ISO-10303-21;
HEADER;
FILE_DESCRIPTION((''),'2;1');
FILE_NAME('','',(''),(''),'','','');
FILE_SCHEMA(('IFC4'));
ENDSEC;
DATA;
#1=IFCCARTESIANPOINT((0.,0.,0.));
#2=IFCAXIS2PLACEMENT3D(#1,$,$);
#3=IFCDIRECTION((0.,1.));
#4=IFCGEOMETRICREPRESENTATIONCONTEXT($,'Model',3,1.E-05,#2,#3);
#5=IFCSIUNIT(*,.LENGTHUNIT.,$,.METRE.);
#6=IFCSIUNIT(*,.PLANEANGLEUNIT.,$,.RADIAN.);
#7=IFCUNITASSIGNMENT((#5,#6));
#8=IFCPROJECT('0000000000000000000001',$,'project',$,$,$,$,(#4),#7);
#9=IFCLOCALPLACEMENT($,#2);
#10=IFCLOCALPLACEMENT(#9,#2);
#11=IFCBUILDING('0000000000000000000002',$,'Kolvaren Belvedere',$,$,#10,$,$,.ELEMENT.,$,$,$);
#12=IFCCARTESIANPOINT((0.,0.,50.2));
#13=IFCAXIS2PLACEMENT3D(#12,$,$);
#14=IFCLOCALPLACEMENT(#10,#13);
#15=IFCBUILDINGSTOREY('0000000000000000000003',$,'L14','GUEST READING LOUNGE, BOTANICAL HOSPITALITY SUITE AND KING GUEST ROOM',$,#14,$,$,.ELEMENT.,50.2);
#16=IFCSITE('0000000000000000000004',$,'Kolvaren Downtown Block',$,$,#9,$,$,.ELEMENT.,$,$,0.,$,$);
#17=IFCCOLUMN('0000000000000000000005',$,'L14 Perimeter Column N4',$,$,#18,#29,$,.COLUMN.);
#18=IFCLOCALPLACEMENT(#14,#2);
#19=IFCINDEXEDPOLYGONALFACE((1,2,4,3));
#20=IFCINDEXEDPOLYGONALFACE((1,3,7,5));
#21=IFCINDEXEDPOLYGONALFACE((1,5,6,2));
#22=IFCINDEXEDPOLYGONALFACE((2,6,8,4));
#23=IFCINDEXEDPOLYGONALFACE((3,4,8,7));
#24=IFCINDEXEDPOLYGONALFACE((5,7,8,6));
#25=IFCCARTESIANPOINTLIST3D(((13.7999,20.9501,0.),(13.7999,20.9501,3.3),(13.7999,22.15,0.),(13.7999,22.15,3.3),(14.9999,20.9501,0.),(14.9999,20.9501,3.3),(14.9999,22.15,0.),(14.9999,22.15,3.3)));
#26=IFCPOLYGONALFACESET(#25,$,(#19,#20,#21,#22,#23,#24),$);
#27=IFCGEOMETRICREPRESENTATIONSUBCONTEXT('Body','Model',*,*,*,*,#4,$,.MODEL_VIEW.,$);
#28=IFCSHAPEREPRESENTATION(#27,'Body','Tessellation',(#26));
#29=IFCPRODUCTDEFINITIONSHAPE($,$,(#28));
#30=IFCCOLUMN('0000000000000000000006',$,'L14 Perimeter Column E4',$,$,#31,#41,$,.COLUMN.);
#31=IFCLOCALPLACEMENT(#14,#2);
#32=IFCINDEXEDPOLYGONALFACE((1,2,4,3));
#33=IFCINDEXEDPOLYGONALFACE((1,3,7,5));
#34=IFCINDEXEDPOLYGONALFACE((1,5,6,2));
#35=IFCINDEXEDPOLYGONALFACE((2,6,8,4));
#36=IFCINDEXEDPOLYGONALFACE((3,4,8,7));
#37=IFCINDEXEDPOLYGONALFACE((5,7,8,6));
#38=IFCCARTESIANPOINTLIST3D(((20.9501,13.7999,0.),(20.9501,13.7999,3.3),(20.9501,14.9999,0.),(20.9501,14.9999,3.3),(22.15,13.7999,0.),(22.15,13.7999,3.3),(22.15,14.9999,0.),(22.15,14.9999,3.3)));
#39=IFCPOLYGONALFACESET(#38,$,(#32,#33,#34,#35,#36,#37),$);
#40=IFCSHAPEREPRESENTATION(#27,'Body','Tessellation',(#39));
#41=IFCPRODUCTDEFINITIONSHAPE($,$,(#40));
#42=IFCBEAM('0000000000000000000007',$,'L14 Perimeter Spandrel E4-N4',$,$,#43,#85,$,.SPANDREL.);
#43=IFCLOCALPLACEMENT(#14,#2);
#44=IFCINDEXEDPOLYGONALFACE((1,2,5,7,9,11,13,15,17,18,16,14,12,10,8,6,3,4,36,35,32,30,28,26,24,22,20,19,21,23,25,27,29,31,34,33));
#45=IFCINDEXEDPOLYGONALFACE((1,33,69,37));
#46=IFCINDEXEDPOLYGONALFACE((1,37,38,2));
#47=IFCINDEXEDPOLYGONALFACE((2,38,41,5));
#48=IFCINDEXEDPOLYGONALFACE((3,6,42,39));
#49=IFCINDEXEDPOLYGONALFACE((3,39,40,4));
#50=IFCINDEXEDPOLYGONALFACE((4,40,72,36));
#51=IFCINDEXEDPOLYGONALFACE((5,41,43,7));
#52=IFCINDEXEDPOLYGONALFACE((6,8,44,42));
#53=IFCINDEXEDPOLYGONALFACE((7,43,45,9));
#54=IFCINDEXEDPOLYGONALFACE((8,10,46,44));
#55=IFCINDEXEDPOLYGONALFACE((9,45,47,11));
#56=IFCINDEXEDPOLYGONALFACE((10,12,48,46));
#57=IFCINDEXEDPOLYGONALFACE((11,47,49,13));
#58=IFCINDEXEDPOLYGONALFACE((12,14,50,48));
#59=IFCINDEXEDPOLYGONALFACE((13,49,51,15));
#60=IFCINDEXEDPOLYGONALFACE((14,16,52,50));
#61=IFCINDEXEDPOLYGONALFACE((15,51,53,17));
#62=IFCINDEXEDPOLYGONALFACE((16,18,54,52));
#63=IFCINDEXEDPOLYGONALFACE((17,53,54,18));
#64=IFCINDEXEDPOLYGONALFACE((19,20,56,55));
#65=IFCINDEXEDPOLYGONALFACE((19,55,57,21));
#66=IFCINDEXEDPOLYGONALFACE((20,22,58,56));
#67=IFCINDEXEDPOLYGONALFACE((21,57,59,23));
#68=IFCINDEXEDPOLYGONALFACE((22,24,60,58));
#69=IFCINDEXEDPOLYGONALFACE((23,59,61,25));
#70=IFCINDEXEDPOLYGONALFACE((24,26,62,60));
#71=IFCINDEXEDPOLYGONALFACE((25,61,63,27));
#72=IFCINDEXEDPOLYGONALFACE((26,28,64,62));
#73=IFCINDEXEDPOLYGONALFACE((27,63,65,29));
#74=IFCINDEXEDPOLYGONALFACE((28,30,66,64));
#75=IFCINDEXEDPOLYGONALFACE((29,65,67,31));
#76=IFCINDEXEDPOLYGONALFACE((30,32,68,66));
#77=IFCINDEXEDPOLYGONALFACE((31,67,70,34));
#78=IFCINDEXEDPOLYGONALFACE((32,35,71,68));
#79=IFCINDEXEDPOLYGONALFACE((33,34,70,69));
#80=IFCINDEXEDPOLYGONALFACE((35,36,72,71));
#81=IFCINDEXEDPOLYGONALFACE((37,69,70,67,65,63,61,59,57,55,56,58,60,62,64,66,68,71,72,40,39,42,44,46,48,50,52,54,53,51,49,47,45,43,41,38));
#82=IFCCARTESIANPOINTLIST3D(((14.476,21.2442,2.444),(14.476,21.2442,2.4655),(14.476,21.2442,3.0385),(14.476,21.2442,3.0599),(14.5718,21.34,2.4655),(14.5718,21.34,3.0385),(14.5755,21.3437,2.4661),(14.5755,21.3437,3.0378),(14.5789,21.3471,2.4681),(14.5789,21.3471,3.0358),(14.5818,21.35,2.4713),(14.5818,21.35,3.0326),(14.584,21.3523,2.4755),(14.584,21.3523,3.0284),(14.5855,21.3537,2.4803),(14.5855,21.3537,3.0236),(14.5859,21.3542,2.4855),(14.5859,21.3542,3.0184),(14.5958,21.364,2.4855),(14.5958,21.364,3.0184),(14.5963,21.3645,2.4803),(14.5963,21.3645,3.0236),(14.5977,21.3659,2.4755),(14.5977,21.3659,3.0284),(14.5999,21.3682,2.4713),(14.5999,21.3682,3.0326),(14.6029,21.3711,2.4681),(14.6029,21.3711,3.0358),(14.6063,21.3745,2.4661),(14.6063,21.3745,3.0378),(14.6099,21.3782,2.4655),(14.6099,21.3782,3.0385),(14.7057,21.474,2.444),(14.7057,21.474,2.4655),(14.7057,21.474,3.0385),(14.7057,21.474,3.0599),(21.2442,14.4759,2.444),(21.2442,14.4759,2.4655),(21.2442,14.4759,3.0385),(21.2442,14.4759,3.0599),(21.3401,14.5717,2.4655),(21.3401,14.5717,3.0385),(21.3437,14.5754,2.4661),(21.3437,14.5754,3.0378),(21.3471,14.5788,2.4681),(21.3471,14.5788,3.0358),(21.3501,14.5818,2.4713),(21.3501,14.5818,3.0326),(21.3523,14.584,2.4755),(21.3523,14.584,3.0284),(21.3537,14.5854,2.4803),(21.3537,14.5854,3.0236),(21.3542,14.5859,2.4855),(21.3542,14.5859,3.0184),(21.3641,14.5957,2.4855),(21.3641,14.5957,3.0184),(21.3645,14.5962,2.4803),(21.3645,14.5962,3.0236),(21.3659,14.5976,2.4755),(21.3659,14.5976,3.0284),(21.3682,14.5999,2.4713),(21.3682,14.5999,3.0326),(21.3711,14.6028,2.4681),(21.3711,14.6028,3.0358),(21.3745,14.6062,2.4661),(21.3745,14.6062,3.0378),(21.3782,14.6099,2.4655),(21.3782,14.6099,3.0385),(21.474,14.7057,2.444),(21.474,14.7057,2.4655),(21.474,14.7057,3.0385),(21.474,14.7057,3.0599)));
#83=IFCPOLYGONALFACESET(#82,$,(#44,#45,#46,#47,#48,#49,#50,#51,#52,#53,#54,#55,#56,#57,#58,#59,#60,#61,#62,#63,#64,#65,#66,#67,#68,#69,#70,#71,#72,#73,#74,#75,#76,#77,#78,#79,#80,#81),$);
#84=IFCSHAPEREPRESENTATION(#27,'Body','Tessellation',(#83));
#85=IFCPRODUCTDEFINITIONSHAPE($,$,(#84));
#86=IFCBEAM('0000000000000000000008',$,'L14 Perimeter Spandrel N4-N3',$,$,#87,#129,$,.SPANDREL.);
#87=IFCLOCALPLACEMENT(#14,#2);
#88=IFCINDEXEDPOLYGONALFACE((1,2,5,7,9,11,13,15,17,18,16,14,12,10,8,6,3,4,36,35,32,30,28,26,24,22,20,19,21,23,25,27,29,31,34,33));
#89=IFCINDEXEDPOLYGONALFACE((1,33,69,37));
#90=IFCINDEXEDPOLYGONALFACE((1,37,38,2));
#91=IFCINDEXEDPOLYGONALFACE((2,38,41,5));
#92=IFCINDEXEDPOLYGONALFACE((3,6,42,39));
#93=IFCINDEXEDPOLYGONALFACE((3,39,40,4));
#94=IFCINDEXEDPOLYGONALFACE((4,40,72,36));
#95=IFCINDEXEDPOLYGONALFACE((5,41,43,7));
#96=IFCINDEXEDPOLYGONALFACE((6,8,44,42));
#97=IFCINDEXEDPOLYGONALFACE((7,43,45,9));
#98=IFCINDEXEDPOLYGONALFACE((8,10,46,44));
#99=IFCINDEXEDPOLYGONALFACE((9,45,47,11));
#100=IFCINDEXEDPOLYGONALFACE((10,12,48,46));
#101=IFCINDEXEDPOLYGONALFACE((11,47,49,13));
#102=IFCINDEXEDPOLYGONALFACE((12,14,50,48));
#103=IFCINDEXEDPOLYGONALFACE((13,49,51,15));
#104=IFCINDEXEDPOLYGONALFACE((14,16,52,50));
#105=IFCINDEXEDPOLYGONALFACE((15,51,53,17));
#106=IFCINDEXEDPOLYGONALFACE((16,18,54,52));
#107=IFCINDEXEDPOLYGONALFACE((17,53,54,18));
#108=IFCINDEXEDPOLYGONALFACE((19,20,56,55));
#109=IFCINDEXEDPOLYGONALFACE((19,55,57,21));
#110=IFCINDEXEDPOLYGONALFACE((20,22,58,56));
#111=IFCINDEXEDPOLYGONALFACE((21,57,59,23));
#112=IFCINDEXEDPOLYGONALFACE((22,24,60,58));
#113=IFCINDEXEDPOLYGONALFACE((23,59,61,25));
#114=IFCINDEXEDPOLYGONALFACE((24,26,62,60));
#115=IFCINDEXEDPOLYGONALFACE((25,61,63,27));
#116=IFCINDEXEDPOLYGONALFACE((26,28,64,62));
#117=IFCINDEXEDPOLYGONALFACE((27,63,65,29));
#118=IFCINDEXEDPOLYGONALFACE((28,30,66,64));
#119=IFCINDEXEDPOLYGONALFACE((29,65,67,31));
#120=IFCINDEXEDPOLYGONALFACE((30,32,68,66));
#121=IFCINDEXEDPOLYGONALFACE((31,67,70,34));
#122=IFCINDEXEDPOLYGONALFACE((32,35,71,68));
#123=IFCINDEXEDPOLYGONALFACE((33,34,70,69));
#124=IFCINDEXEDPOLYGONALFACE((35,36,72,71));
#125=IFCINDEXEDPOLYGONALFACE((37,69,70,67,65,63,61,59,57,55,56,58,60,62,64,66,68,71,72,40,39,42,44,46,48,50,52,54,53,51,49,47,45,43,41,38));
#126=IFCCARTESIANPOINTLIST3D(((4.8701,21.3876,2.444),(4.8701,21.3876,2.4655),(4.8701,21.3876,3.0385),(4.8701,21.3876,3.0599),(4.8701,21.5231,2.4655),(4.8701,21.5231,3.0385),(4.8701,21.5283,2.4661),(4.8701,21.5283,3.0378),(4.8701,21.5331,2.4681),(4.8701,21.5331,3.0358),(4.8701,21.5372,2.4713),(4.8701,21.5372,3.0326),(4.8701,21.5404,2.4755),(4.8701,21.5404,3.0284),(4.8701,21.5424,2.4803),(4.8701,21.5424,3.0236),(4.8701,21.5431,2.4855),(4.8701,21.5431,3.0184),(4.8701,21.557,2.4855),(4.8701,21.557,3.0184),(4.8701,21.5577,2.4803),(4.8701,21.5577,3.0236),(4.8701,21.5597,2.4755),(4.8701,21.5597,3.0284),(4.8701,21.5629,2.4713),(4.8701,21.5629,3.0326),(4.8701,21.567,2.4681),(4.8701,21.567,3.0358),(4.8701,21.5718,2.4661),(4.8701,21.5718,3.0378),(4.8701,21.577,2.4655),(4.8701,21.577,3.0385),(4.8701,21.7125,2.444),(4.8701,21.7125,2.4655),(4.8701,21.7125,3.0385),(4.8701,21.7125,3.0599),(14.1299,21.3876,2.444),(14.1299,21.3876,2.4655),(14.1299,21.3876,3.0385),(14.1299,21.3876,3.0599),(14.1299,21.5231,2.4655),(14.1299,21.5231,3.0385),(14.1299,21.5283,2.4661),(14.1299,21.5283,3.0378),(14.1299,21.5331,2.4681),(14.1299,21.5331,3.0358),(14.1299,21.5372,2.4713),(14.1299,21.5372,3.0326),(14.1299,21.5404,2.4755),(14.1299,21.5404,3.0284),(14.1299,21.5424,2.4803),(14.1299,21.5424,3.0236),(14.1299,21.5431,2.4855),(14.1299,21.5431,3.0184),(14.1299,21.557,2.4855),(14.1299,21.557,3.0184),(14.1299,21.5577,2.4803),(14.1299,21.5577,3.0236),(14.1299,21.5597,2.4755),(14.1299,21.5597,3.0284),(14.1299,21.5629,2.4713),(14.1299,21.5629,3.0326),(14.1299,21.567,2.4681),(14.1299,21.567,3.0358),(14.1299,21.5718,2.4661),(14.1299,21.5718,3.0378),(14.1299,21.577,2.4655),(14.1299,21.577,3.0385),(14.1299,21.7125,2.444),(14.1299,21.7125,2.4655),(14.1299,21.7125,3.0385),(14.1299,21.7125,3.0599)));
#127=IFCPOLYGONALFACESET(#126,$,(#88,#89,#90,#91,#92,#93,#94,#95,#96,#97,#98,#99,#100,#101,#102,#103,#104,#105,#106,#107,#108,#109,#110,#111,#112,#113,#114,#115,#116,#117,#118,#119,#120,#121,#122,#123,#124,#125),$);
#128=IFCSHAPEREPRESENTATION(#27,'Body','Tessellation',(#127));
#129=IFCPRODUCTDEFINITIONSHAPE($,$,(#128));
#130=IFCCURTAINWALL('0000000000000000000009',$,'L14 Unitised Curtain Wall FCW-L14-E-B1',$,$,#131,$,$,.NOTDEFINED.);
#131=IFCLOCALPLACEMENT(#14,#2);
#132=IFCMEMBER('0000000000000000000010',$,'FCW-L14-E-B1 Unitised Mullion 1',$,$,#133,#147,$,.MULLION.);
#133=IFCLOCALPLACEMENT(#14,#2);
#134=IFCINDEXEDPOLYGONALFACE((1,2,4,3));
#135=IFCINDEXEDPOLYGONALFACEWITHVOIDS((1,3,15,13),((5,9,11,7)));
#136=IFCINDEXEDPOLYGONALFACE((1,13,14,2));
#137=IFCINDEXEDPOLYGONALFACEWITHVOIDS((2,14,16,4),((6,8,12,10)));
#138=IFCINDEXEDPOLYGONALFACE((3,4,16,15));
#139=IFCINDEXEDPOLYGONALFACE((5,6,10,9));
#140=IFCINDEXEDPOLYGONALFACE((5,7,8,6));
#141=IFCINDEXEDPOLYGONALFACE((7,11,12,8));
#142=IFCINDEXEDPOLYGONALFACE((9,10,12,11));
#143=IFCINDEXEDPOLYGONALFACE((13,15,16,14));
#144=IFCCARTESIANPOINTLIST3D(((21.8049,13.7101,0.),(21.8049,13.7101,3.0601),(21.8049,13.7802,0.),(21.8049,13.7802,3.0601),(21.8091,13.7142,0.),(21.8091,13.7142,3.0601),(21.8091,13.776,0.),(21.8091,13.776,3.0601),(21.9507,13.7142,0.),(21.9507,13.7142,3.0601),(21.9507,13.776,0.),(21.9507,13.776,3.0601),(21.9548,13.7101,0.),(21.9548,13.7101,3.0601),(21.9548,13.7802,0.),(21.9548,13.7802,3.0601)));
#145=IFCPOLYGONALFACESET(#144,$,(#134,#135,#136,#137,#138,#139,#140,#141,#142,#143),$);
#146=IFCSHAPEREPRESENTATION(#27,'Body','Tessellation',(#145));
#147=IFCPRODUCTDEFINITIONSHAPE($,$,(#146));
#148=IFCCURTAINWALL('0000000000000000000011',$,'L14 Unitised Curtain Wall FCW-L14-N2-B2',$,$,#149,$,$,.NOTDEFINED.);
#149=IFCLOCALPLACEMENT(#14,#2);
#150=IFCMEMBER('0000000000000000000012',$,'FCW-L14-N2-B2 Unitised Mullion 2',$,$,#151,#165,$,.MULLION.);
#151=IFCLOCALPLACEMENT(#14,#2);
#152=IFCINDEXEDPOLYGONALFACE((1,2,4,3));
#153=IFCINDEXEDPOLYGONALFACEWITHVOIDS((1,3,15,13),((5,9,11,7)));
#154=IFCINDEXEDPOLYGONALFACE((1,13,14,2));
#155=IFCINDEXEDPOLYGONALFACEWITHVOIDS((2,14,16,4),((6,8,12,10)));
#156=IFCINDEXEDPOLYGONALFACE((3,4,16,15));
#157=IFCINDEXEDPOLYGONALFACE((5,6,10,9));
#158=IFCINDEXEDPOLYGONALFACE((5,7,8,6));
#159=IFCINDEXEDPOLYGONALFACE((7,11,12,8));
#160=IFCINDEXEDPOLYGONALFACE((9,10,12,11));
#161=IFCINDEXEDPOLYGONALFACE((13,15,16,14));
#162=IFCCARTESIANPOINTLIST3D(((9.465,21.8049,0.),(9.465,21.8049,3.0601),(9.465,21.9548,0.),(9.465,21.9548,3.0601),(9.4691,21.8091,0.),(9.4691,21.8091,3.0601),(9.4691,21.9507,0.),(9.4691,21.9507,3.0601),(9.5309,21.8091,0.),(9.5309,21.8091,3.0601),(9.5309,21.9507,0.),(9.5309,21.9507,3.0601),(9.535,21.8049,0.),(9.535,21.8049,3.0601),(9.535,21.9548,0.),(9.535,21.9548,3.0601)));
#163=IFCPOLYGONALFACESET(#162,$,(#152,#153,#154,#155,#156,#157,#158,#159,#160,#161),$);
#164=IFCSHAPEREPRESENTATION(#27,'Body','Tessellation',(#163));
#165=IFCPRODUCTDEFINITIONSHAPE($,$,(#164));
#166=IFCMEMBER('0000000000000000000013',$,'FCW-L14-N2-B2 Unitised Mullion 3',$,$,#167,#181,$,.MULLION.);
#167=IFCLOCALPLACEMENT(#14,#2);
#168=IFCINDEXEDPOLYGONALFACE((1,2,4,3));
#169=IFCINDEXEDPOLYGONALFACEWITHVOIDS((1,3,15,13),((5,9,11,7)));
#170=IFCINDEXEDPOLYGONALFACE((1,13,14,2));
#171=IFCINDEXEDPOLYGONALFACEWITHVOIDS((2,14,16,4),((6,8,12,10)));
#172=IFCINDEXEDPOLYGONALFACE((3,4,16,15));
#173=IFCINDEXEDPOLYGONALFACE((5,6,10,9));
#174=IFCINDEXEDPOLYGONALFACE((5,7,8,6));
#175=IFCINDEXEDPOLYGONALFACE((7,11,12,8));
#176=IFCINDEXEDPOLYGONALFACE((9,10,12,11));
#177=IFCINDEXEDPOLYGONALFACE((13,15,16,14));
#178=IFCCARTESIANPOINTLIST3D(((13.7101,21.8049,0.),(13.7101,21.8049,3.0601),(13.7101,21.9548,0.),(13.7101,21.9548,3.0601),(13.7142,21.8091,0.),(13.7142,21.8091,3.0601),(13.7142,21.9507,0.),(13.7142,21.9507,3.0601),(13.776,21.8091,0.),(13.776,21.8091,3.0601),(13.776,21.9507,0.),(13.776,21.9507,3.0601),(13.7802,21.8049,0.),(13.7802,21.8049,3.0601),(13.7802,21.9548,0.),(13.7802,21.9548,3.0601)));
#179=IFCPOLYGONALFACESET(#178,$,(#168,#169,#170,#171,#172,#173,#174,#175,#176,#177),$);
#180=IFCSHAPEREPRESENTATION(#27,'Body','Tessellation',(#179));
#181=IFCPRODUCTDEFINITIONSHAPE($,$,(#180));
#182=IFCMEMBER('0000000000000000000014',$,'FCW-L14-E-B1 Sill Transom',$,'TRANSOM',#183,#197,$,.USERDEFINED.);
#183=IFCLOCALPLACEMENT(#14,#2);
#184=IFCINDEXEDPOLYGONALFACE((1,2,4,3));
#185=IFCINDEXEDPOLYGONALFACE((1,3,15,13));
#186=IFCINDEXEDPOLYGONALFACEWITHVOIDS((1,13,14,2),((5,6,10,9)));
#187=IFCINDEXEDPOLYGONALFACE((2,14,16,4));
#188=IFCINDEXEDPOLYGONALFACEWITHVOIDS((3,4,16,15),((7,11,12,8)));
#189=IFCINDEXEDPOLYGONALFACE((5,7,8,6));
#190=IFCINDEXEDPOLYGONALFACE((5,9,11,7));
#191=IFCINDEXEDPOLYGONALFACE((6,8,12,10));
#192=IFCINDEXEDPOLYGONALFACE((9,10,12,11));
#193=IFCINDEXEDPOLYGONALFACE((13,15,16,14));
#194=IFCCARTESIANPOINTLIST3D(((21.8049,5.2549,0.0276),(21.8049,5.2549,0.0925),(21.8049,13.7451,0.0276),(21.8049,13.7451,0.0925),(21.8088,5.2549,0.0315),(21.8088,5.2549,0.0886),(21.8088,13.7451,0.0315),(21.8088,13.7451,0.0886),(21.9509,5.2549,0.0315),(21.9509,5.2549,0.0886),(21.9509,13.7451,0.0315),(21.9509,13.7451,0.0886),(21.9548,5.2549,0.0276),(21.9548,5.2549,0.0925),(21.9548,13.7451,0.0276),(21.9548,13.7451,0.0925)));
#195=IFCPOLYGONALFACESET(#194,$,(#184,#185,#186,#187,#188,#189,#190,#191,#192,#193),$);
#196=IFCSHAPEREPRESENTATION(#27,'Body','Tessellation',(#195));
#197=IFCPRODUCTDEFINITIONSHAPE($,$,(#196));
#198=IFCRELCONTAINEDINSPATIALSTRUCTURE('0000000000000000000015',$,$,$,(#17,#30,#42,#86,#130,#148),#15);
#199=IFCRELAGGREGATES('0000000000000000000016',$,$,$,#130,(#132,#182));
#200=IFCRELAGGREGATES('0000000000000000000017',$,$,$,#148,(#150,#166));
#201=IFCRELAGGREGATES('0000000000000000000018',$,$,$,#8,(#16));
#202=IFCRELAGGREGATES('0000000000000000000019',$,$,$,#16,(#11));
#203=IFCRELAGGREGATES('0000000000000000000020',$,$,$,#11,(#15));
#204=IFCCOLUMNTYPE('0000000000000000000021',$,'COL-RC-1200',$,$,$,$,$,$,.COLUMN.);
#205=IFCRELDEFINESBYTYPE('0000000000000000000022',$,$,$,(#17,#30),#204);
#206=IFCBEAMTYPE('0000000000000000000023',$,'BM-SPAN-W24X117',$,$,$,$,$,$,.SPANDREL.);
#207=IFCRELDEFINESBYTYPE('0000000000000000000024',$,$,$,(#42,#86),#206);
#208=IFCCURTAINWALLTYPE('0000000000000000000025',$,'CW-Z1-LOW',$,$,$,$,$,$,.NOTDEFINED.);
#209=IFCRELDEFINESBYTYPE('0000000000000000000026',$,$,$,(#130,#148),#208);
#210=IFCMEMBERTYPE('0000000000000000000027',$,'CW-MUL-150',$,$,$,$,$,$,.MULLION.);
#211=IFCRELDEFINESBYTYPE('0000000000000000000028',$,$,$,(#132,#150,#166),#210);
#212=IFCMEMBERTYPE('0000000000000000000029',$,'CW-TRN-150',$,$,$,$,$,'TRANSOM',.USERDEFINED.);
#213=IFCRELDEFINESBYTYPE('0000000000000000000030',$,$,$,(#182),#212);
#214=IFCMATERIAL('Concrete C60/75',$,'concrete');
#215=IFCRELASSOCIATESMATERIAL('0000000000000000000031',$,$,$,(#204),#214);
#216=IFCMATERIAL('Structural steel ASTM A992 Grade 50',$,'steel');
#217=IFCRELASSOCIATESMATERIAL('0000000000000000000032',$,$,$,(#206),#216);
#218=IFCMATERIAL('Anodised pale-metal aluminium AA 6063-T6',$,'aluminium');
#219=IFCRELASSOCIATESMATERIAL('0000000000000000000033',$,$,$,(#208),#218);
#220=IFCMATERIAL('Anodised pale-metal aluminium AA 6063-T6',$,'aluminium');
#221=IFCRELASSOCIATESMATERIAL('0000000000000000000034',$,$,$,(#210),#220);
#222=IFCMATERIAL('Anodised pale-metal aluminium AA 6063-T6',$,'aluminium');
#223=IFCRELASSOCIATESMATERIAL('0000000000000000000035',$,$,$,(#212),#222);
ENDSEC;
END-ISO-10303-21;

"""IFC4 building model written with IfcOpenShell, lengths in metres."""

from ifc_helpers import new_model, si_unit, direction, frame, origin, origin_2d, place, context, subcontext, project, spatial, rectangle, hollow_rectangle, i_section, extrude, material, material_profile, profile_set, type_object, element, aggregate, save


model = new_model("IFC4")

# Units and contexts
model_context = context("Model", 3, precision=1e-05, world=origin(), true_north=direction((0.0, 1.0)))
body_context = subcontext(model_context, "Body", "Model", "MODEL_VIEW")
ifc_project = project(units=[si_unit("LENGTHUNIT", "METRE"), si_unit("PLANEANGLEUNIT", "RADIAN")], contexts=[model_context])

# Site, building, storey
site_placement = place(None, origin())
site = spatial("IfcSite", under=ifc_project, at=site_placement, Name="Kolvaren Downtown Block", CompositionType="ELEMENT", RefElevation=0.0)
building_placement = place(site_placement, origin())
building = spatial("IfcBuilding", under=site, at=building_placement, Name="Kolvaren Belvedere", CompositionType="ELEMENT")
storey_placement = place(building_placement, frame((0.0, 0.0, 50.2)))
storey = spatial("IfcBuildingStorey", under=building, at=storey_placement, Name="L14", Description="GUEST READING LOUNGE, BOTANICAL HOSPITALITY SUITE AND KING GUEST ROOM", CompositionType="ELEMENT", Elevation=50.2)

# Columns
ifc_material_1 = material(Name="Concrete C60/75", Category="concrete")
ifc_material_profile_1 = material_profile(ifc_material_1, rectangle(XDim=1.2, YDim=1.2, at=origin_2d()), Name="RC 1200X1200")
ifc_profile_set_1 = profile_set([ifc_material_profile_1], Name="Concrete C60/75")
column_type = type_object("IfcColumnType", Name="COL-RC-1200", PredefinedType="COLUMN", material=ifc_profile_set_1)
for number, where, z_axis, x_axis, name in (
    (1, (14.3999, 21.55, 0.0), (0.0, 0.0, 1.0), (1.0, 0.0, 0.0), "L14 Perimeter Column N4"),
    (2, (21.55, 14.3999, 0.0), (0.0, 0.0, 1.0), (1.0, 0.0, 0.0), "L14 Perimeter Column E4"),
):
    element("IfcColumn", number, at=place(storey_placement, frame(where, z_axis=z_axis, x_axis=x_axis)), inside=storey, type_object=column_type, Name=name, PredefinedType="COLUMN", context=body_context, shape_type="SweptSolid", body=[
        extrude(rectangle(XDim=1.2, YDim=1.2, at=origin_2d()), origin(), (0.0, 0.0, 1.0), 3.3),
    ])

# Beams
ifc_material_2 = material(Name="Structural steel ASTM A992 Grade 50", Category="steel")
ifc_material_profile_2 = material_profile(ifc_material_2, i_section(OverallWidth=0.325, OverallDepth=0.616, WebThickness=0.0139, FlangeThickness=0.0215, FilletRadius=0.02, at=origin_2d()), Name="W24X117")
ifc_profile_set_2 = profile_set([ifc_material_profile_2], Name="Structural steel ASTM A992 Grade 50")
beam_type = type_object("IfcBeamType", Name="BM-SPAN-W24X117", PredefinedType="SPANDREL", material=ifc_profile_set_2)
beam_1_placement = place(storey_placement, frame((21.3591, 14.5908, 2.752), z_axis=(-0.707107, 0.707107, 0.0), x_axis=(-0.707107, -0.707107, 0.0)))
element("IfcBeam", 3, at=beam_1_placement, inside=storey, type_object=beam_type, Name="L14 Perimeter Spandrel E4-N4", PredefinedType="SPANDREL", context=body_context, shape_type="SweptSolid", body=[
    extrude(i_section(OverallWidth=0.325, OverallDepth=0.616, WebThickness=0.0139, FlangeThickness=0.0215, FilletRadius=0.02, at=origin_2d()), origin(), (0.0, 0.0, 1.0), 9.5718),
])
beam_2_placement = place(storey_placement, frame((14.1299, 21.55, 2.752), z_axis=(-1.0, 0.0, 0.0), x_axis=(0.0, -1.0, 0.0)))
element("IfcBeam", 4, at=beam_2_placement, inside=storey, type_object=beam_type, Name="L14 Perimeter Spandrel N4-N3", PredefinedType="SPANDREL", context=body_context, shape_type="SweptSolid", body=[
    extrude(i_section(OverallWidth=0.325, OverallDepth=0.616, WebThickness=0.0139, FlangeThickness=0.0215, FilletRadius=0.02, at=origin_2d()), origin(), (0.0, 0.0, 1.0), 9.2598),
])

# Curtain wall, member
ifc_material_3 = material(Name="Anodised pale-metal aluminium AA 6063-T6", Category="aluminium")
curtain_wall_type = type_object("IfcCurtainWallType", Name="CW-Z1-LOW", PredefinedType="NOTDEFINED", material=ifc_material_3)
curtain_wall_1_placement = place(storey_placement, origin())
curtain_wall_1 = element("IfcCurtainWall", 5, at=curtain_wall_1_placement, inside=storey, type_object=curtain_wall_type, Name="L14 Unitised Curtain Wall FCW-L14-E-B1", PredefinedType="NOTDEFINED")
ifc_material_4 = material(Name="Anodised pale-metal aluminium AA 6063-T6", Category="aluminium")
ifc_material_profile_3 = material_profile(ifc_material_4, hollow_rectangle(XDim=0.0701, YDim=0.1499, WallThickness=0.0042, at=origin_2d()), Name="ALU-MUL-150X70")
ifc_profile_set_3 = profile_set([ifc_material_profile_3], Name="Anodised pale-metal aluminium AA 6063-T6")
member_type_1 = type_object("IfcMemberType", Name="CW-MUL-150", PredefinedType="MULLION", material=ifc_profile_set_3)
member_1_placement = place(storey_placement, frame((21.8799, 13.7451, 0.0), z_axis=(0.0, 0.0, 1.0), x_axis=(0.0, 1.0, 0.0)))
member_1 = element("IfcMember", 6, at=member_1_placement, type_object=member_type_1, Name="FCW-L14-E-B1 Unitised Mullion 1", PredefinedType="MULLION", context=body_context, shape_type="SweptSolid", body=[
    extrude(hollow_rectangle(XDim=0.0701, YDim=0.1499, WallThickness=0.0042, at=origin_2d()), origin(), (0.0, 0.0, 1.0), 3.0601),
])

# Curtain wall, members
curtain_wall_2_placement = place(storey_placement, origin())
curtain_wall_2 = element("IfcCurtainWall", 7, at=curtain_wall_2_placement, inside=storey, type_object=curtain_wall_type, Name="L14 Unitised Curtain Wall FCW-L14-N2-B2", PredefinedType="NOTDEFINED")
member_2_placement = place(storey_placement, frame((9.5, 21.8799, 0.0), z_axis=(0.0, 0.0, 1.0), x_axis=(1.0, 0.0, 0.0)))
member_2 = element("IfcMember", 8, at=member_2_placement, type_object=member_type_1, Name="FCW-L14-N2-B2 Unitised Mullion 2", PredefinedType="MULLION", context=body_context, shape_type="SweptSolid", body=[
    extrude(hollow_rectangle(XDim=0.0701, YDim=0.1499, WallThickness=0.0042, at=origin_2d()), origin(), (0.0, 0.0, 1.0), 3.0601),
])
member_3_placement = place(storey_placement, frame((13.7451, 21.8799, 0.0), z_axis=(0.0, 0.0, 1.0), x_axis=(1.0, 0.0, 0.0)))
member_3 = element("IfcMember", 9, at=member_3_placement, type_object=member_type_1, Name="FCW-L14-N2-B2 Unitised Mullion 3", PredefinedType="MULLION", context=body_context, shape_type="SweptSolid", body=[
    extrude(hollow_rectangle(XDim=0.0701, YDim=0.1499, WallThickness=0.0042, at=origin_2d()), origin(), (0.0, 0.0, 1.0), 3.0601),
])

# Member
ifc_material_5 = material(Name="Anodised pale-metal aluminium AA 6063-T6", Category="aluminium")
ifc_material_profile_4 = material_profile(ifc_material_5, hollow_rectangle(XDim=0.0649, YDim=0.1499, WallThickness=0.0039, at=origin_2d()), Name="ALU-TRN-150X65")
ifc_profile_set_4 = profile_set([ifc_material_profile_4], Name="Anodised pale-metal aluminium AA 6063-T6")
member_type_2 = type_object("IfcMemberType", Name="CW-TRN-150", ElementType="TRANSOM", PredefinedType="USERDEFINED", material=ifc_profile_set_4)
member_4_placement = place(storey_placement, frame((21.8799, 13.7451, 0.0601), z_axis=(0.0, -1.0, 0.0), x_axis=(0.0, 0.0, 1.0)))
member_4 = element("IfcMember", 10, at=member_4_placement, type_object=member_type_2, Name="FCW-L14-E-B1 Sill Transom", ObjectType="TRANSOM", PredefinedType="USERDEFINED", context=body_context, shape_type="SweptSolid", body=[
    extrude(hollow_rectangle(XDim=0.0649, YDim=0.1499, WallThickness=0.0039, at=origin_2d()), origin(), (0.0, 0.0, 1.0), 8.4902),
])
aggregate(curtain_wall_1, [member_1, member_4])

aggregate(curtain_wall_2, [member_2, member_3])

save(model, "model.ifc")
